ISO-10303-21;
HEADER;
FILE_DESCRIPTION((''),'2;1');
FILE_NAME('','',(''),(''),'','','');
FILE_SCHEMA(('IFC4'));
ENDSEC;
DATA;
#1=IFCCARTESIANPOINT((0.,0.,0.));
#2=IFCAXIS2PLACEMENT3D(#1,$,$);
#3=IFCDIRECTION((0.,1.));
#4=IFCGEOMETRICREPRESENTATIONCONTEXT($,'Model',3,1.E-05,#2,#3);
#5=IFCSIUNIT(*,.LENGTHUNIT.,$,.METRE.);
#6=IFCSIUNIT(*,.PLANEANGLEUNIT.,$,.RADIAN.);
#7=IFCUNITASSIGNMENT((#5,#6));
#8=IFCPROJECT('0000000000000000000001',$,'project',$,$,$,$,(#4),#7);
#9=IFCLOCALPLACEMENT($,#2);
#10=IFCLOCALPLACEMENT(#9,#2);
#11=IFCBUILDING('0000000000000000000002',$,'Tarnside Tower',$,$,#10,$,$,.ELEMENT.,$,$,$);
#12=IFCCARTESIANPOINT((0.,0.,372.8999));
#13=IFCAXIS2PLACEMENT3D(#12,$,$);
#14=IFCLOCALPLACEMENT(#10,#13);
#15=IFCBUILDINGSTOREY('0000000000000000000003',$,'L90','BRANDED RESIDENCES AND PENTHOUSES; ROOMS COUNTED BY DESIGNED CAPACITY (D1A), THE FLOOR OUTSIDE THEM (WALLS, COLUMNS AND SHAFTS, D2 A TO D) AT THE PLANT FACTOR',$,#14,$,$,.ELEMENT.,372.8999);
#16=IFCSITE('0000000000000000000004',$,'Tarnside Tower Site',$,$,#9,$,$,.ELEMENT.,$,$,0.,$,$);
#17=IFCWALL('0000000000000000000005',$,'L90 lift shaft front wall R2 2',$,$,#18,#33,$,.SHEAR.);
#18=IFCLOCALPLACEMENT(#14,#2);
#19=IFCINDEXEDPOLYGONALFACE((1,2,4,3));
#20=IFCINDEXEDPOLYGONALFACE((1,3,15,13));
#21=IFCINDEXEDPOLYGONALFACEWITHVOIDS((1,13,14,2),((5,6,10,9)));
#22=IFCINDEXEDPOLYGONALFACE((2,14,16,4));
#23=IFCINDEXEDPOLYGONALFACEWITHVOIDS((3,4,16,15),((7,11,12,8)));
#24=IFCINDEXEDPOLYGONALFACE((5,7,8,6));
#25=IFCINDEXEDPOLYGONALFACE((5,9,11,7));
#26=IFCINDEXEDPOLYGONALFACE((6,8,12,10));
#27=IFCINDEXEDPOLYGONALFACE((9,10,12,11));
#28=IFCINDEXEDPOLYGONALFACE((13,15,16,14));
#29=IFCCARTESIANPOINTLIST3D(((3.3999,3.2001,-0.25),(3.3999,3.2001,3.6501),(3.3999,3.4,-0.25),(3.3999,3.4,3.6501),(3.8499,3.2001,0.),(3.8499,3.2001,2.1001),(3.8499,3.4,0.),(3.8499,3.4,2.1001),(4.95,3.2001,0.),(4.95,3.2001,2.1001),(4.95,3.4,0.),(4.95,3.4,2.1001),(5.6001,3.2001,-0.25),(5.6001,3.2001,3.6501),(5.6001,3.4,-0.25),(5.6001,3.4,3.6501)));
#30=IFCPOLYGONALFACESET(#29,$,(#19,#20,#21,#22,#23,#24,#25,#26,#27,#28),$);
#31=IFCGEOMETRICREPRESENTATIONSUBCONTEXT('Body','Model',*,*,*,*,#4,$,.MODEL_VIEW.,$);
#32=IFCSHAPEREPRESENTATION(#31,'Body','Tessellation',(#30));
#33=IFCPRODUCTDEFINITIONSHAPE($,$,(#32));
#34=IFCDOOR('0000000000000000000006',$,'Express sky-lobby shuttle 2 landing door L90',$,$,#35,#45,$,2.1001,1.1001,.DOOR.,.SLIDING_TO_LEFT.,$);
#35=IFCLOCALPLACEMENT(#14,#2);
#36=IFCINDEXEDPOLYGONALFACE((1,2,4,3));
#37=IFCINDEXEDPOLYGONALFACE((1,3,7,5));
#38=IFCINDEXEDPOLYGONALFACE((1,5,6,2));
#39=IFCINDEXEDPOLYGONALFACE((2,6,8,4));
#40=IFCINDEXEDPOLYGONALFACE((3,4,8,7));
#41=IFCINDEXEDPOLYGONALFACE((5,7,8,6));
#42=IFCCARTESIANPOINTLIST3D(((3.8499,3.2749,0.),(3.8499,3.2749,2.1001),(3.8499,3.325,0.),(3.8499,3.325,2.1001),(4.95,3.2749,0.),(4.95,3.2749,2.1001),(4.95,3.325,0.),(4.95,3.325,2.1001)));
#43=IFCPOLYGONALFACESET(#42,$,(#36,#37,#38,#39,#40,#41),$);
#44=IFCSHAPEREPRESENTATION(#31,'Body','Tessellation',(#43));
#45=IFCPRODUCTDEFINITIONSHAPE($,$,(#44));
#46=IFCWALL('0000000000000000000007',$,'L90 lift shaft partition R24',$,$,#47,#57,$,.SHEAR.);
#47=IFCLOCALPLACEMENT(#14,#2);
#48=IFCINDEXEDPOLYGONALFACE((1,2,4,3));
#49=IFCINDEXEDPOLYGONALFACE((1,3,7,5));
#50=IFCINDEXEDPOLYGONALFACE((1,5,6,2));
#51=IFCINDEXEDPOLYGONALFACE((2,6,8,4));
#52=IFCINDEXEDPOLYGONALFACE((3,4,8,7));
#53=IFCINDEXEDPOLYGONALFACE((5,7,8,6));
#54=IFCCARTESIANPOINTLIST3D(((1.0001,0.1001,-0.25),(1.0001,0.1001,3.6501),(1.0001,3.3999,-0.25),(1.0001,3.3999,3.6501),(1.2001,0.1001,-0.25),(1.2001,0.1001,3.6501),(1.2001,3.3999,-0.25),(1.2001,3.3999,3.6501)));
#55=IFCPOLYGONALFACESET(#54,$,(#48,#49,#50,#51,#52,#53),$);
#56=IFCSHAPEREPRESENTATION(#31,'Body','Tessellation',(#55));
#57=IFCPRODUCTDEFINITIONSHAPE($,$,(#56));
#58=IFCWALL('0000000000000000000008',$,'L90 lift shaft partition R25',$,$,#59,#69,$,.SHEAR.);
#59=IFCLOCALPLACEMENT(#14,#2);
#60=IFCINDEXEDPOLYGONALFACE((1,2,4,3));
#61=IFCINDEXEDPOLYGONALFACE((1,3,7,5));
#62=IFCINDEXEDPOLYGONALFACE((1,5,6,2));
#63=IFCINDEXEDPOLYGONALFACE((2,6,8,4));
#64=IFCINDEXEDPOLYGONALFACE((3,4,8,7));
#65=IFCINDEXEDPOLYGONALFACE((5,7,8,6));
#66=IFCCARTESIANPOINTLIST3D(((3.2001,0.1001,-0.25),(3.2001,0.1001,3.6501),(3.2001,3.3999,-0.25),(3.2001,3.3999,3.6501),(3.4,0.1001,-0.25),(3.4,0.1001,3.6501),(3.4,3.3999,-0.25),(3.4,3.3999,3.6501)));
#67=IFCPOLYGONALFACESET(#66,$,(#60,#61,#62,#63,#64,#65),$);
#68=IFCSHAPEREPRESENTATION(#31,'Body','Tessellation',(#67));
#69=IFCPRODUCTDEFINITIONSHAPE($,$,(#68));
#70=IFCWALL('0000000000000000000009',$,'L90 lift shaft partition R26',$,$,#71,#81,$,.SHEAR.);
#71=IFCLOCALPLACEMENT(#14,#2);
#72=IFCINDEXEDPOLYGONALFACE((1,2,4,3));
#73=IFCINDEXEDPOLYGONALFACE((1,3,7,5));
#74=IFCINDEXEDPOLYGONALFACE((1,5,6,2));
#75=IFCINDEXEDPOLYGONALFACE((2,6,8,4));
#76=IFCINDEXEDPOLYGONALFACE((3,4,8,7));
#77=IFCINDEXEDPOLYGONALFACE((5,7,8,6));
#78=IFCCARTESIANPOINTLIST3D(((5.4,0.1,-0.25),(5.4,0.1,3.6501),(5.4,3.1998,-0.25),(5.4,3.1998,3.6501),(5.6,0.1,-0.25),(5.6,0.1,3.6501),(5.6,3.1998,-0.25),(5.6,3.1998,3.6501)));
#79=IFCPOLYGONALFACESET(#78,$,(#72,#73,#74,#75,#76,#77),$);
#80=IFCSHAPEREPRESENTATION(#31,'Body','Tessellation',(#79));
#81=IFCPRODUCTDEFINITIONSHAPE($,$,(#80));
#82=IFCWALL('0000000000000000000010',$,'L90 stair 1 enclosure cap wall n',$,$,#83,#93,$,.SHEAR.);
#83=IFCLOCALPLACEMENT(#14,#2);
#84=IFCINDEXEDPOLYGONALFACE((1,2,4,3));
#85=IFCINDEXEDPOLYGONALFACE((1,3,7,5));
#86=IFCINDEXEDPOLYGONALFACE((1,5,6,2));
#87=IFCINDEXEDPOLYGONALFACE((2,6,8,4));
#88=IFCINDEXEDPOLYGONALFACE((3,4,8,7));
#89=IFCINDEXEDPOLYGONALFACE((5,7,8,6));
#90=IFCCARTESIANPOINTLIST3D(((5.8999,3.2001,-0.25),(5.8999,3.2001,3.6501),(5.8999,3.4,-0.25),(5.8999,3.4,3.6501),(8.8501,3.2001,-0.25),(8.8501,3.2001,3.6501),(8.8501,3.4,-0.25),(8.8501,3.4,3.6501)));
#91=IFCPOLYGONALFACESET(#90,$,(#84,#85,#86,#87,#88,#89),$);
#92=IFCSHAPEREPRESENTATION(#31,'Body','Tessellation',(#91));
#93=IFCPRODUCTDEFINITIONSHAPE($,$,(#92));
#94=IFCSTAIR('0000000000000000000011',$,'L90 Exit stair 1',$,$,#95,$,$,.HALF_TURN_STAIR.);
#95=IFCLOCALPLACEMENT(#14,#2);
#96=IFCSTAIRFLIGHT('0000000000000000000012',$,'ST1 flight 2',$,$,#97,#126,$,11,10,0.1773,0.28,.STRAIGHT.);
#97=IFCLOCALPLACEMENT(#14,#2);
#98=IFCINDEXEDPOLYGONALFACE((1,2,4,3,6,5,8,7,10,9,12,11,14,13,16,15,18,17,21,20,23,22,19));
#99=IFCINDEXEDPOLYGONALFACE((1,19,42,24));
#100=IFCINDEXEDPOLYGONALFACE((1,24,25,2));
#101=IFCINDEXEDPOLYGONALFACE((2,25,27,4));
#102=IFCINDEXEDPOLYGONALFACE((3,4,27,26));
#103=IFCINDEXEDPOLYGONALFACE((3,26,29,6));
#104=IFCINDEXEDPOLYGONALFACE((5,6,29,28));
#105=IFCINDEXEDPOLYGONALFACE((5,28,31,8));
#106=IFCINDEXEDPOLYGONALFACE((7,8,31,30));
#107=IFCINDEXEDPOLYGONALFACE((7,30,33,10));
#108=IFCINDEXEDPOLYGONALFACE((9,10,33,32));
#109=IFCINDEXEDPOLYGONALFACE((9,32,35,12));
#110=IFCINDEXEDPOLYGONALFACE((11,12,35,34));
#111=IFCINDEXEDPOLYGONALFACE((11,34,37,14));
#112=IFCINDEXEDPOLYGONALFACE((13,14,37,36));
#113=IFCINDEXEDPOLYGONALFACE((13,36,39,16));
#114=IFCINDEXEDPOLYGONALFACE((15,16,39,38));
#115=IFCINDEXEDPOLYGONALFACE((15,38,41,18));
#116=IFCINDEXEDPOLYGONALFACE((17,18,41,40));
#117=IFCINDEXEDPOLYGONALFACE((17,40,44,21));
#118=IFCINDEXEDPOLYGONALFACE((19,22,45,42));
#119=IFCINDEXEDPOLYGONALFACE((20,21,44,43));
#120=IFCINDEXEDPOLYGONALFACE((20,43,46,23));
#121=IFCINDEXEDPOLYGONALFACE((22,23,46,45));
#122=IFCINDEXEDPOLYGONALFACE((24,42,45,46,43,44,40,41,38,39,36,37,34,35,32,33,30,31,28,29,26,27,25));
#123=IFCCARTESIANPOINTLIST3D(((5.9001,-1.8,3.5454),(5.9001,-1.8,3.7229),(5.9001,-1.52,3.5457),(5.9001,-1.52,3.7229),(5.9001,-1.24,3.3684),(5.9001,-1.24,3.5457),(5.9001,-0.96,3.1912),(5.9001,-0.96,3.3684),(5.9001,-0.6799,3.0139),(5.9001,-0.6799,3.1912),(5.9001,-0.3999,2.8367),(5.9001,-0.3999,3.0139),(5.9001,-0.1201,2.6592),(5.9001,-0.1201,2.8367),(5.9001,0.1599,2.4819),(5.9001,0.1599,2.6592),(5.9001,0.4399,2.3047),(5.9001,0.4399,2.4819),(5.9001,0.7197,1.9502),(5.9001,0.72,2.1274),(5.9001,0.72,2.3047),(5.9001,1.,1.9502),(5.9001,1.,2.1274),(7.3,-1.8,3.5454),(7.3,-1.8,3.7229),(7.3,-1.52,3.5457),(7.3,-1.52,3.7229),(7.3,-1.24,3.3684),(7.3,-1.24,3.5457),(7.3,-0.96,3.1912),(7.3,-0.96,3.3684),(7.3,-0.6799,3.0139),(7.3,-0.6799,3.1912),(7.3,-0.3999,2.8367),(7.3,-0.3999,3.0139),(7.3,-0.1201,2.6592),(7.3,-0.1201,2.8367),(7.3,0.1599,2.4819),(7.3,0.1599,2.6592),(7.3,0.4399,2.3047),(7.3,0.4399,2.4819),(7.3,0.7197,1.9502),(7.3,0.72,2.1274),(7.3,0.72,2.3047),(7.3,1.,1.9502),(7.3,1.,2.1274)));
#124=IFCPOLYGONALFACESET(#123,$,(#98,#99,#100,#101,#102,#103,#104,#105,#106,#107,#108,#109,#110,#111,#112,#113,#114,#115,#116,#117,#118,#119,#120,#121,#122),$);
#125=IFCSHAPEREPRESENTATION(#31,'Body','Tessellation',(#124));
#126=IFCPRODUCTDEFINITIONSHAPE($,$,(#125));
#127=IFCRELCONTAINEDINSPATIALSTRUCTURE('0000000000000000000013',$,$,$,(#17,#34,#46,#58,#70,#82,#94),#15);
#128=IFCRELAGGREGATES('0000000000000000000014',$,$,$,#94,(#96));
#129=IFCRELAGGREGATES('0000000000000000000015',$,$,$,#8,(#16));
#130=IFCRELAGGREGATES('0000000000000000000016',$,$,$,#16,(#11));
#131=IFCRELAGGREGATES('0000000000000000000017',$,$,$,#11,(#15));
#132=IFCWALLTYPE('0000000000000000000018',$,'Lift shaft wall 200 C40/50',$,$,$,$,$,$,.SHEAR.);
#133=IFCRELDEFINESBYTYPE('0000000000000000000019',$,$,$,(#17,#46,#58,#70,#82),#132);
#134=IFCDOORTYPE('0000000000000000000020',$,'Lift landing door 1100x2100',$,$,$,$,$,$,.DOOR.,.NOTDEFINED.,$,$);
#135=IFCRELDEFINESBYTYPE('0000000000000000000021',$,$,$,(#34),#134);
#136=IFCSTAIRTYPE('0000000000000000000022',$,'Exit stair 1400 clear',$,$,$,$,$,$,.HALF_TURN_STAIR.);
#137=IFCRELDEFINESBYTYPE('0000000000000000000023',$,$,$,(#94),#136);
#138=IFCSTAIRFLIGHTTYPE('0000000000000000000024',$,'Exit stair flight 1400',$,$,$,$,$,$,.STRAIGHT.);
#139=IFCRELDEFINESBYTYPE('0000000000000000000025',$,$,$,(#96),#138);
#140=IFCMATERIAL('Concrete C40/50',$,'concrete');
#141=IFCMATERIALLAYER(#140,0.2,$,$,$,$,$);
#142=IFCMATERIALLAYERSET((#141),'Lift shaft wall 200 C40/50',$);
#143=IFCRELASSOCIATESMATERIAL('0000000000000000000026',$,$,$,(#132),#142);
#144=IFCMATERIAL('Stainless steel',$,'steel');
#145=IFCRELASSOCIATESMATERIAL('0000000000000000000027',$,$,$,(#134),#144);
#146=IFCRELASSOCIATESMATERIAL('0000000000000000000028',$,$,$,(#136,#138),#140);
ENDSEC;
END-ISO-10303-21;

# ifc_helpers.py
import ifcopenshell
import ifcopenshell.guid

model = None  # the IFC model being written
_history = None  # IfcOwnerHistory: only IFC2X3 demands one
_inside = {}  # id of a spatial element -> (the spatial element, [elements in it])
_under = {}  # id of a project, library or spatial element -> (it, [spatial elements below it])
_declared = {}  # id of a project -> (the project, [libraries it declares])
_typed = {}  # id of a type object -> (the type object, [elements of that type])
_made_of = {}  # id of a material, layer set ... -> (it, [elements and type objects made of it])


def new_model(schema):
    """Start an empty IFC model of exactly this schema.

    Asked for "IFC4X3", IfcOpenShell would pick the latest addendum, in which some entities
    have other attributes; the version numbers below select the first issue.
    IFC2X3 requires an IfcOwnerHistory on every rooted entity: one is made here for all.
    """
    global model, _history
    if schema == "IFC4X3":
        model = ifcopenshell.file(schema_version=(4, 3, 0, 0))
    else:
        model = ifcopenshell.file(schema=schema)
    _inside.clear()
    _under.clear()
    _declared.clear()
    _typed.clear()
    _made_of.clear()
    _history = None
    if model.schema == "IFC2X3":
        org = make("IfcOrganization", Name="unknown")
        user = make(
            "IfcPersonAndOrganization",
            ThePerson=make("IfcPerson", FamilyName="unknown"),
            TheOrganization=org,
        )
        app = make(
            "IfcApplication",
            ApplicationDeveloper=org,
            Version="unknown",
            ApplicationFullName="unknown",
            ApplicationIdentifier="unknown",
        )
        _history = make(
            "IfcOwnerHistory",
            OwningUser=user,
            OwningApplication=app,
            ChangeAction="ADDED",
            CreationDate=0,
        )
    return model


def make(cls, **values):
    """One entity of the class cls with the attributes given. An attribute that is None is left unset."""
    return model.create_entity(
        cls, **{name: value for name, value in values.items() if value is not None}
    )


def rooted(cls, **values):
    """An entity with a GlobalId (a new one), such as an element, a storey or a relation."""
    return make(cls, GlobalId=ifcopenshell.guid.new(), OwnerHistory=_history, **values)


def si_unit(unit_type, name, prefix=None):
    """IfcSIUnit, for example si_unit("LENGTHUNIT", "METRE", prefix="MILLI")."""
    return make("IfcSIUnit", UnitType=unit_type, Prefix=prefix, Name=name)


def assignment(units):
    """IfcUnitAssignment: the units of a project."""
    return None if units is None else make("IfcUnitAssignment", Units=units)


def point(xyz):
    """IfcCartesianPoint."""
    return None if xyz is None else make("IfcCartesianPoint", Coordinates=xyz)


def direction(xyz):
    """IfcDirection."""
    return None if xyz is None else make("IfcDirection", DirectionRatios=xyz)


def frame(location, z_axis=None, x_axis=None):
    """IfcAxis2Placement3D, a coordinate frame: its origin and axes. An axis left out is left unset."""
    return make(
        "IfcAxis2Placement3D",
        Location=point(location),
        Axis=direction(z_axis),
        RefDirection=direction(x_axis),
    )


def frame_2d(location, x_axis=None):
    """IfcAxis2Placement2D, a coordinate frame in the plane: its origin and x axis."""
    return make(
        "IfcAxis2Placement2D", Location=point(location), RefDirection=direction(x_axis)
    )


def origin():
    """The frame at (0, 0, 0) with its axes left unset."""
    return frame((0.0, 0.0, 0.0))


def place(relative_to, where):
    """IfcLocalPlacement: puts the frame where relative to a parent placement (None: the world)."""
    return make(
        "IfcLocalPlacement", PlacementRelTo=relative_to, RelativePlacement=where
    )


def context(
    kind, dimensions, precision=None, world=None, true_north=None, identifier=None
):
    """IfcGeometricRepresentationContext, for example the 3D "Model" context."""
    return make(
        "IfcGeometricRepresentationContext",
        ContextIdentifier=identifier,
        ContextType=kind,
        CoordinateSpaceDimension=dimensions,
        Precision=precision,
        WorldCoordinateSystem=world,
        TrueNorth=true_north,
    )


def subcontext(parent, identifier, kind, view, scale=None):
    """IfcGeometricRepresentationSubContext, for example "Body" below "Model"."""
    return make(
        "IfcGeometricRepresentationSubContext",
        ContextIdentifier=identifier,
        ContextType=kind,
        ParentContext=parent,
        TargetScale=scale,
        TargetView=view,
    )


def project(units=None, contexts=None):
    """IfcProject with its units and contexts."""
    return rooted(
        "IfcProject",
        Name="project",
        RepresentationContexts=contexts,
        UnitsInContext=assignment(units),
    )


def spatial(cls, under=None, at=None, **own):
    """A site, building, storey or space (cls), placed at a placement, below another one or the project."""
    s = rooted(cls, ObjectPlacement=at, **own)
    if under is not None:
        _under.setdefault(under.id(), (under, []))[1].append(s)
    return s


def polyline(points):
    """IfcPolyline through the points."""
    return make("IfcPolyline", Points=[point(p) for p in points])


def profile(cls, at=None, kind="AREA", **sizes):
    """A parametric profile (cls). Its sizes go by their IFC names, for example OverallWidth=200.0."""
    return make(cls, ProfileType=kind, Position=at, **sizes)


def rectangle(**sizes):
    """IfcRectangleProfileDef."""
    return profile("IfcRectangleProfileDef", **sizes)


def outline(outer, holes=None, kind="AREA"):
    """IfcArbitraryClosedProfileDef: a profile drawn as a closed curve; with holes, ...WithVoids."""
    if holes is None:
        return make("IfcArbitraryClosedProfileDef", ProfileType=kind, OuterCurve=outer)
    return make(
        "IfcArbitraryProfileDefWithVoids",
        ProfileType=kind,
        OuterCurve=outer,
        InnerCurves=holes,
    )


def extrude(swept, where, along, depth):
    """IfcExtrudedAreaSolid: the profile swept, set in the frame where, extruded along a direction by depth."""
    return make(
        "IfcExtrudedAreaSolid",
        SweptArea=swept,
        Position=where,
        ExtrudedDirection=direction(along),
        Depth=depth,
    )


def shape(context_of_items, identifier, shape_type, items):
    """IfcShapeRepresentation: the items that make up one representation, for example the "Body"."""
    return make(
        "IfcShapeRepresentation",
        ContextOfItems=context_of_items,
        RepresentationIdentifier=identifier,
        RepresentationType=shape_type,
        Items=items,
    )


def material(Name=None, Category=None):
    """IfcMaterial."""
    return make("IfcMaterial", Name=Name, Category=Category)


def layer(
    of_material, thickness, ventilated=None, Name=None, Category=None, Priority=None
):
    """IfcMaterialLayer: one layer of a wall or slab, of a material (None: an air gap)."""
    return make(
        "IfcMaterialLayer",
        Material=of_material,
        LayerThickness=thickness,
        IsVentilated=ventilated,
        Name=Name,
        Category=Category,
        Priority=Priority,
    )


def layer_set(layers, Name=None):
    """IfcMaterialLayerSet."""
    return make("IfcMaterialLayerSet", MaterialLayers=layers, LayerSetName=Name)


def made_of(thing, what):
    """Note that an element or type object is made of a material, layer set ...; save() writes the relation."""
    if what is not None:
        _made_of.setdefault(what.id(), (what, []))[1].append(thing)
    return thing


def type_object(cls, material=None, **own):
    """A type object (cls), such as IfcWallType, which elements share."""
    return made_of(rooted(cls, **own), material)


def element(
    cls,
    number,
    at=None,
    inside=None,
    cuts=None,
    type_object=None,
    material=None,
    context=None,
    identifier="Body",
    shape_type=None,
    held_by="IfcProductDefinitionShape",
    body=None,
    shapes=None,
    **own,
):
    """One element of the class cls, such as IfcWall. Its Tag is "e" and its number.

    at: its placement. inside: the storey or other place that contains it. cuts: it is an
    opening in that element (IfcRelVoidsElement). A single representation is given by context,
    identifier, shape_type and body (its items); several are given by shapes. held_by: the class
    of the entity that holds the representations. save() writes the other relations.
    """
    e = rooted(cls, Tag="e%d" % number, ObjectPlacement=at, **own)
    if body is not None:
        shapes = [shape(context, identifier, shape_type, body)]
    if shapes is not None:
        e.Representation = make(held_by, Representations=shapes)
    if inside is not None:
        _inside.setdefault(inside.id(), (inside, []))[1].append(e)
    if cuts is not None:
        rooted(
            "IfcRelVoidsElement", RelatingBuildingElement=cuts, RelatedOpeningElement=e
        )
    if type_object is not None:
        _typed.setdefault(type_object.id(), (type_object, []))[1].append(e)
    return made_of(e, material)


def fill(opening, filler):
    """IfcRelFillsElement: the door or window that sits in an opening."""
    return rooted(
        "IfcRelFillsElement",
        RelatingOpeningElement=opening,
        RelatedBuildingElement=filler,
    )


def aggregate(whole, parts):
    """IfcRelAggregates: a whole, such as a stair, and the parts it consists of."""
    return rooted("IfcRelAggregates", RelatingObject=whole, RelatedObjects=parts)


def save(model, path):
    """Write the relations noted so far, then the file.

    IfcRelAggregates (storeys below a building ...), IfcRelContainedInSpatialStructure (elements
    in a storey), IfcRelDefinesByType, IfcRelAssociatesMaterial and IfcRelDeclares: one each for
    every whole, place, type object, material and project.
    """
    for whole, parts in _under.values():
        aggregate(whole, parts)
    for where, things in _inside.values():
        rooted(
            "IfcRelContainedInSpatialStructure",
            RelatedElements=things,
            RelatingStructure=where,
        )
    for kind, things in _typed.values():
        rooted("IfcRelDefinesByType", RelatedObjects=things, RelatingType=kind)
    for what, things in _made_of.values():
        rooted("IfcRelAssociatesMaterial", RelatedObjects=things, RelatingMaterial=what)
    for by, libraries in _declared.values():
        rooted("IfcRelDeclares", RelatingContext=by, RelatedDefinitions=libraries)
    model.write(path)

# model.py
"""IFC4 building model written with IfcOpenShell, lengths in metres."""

from ifc_helpers import new_model, si_unit, direction, frame, frame_2d, origin, place, context, subcontext, project, spatial, polyline, rectangle, outline, extrude, material, layer, layer_set, type_object, element, fill, aggregate, save


model = new_model("IFC4")

# Units and contexts
model_context = context("Model", 3, precision=1e-05, world=origin(), true_north=direction((0.0, 1.0)))
body_context = subcontext(model_context, "Body", "Model", "MODEL_VIEW")
ifc_project = project(units=[si_unit("LENGTHUNIT", "METRE"), si_unit("PLANEANGLEUNIT", "RADIAN")], contexts=[model_context])

# Site, building, storey
site_placement = place(None, origin())
site = spatial("IfcSite", under=ifc_project, at=site_placement, Name="Tarnside Tower Site", CompositionType="ELEMENT", RefElevation=0.0)
building_placement = place(site_placement, origin())
building = spatial("IfcBuilding", under=site, at=building_placement, Name="Tarnside Tower", CompositionType="ELEMENT")
storey_placement = place(building_placement, frame((0.0, 0.0, 372.8999)))
storey = spatial("IfcBuildingStorey", under=building, at=storey_placement, Name="L90", Description="BRANDED RESIDENCES AND PENTHOUSES; ROOMS COUNTED BY DESIGNED CAPACITY (D1A), THE FLOOR OUTSIDE THEM (WALLS, COLUMNS AND SHAFTS, D2 A TO D) AT THE PLANT FACTOR", CompositionType="ELEMENT", Elevation=372.8999)

# Shared definitions
ifc_material_1 = material(Name="Concrete C40/50", Category="concrete")

# Shared definitions
ifc_layer_1 = layer(ifc_material_1, 0.2)
ifc_layer_set_1 = layer_set([ifc_layer_1], Name="Lift shaft wall 200 C40/50")
wall_type_1 = type_object("IfcWallType", Name="Lift shaft wall 200 C40/50", PredefinedType="SHEAR", material=ifc_layer_set_1)

# Wall, opening, door
wall_1_placement = place(storey_placement, frame((3.3999, 3.3, -0.25), z_axis=(0.0, 0.0, 1.0), x_axis=(1.0, 0.0, 0.0)))
wall_1 = element("IfcWall", 1, at=wall_1_placement, inside=storey, type_object=wall_type_1, Name="L90 lift shaft front wall R2 2", PredefinedType="SHEAR", context=body_context, shape_type="SweptSolid", body=[
    extrude(rectangle(XDim=2.2002, YDim=0.2, at=frame_2d((1.1001, 0.0))), origin(), (0.0, 0.0, 1.0), 3.9001),
])
opening_placement = place(wall_1_placement, frame((0.45, 0.0, 0.25)))
opening = element("IfcOpeningElement", 2, at=opening_placement, cuts=wall_1, PredefinedType="OPENING", context=body_context, shape_type="SweptSolid", body=[
    extrude(rectangle(XDim=1.1001, YDim=2.1001, at=frame_2d((0.55, 1.05))), frame((0.0, 0.1099, 0.0), z_axis=(0.0, -1.0, 0.0), x_axis=(1.0, 0.0, 0.0)), (0.0, 0.0, 1.0), 0.22),
])
ifc_material_2 = material(Name="Stainless steel", Category="steel")
door_type = type_object("IfcDoorType", Name="Lift landing door 1100x2100", OperationType="NOTDEFINED", PredefinedType="DOOR", material=ifc_material_2)
door_placement = place(opening_placement, origin())
door = element("IfcDoor", 3, at=door_placement, inside=storey, type_object=door_type, Name="Express sky-lobby shuttle 2 landing door L90", OperationType="SLIDING_TO_LEFT", OverallHeight=2.1001, OverallWidth=1.1001, PredefinedType="DOOR", context=body_context, shape_type="SweptSolid", body=[
    extrude(rectangle(XDim=1.1001, YDim=2.1001, at=frame_2d((0.55, 1.05))), frame((0.0, 0.0249, 0.0), z_axis=(0.0, -1.0, 0.0), x_axis=(1.0, 0.0, 0.0)), (0.0, 0.0, 1.0), 0.05),
])
fill(opening, door)

# Walls
for number, where, z_axis, x_axis, name in (
    (4, (1.1001, 0.1001, -0.25), (0.0, 0.0, 1.0), (0.0, 1.0, 0.0), "L90 lift shaft partition R24"),
    (5, (3.3, 0.1001, -0.25), (0.0, 0.0, 1.0), (0.0, 1.0, 0.0), "L90 lift shaft partition R25"),
):
    element("IfcWall", number, at=place(storey_placement, frame(where, z_axis=z_axis, x_axis=x_axis)), inside=storey, type_object=wall_type_1, Name=name, PredefinedType="SHEAR", context=body_context, shape_type="SweptSolid", body=[
        extrude(rectangle(XDim=3.2998, YDim=0.2, at=frame_2d((1.6499, 0.0))), origin(), (0.0, 0.0, 1.0), 3.9001),
    ])
wall_2_placement = place(storey_placement, frame((5.5, 0.1001, -0.25), z_axis=(0.0, 0.0, 1.0), x_axis=(0.0, 1.0, 0.0)))
element("IfcWall", 6, at=wall_2_placement, inside=storey, type_object=wall_type_1, Name="L90 lift shaft partition R26", PredefinedType="SHEAR", context=body_context, shape_type="SweptSolid", body=[
    extrude(rectangle(XDim=3.0999, YDim=0.2, at=frame_2d((1.5498, 0.0))), origin(), (0.0, 0.0, 1.0), 3.9001),
])
wall_3_placement = place(storey_placement, frame((5.8999, 3.3, -0.25), z_axis=(0.0, 0.0, 1.0), x_axis=(1.0, 0.0, 0.0)))
element("IfcWall", 7, at=wall_3_placement, inside=storey, type_object=wall_type_1, Name="L90 stair 1 enclosure cap wall n", PredefinedType="SHEAR", context=body_context, shape_type="SweptSolid", body=[
    extrude(rectangle(XDim=2.9502, YDim=0.2, at=frame_2d((1.4751, 0.0))), origin(), (0.0, 0.0, 1.0), 3.9001),
])

# Stair, stair flight
stair_type = type_object("IfcStairType", Name="Exit stair 1400 clear", PredefinedType="HALF_TURN_STAIR", material=ifc_material_1)
stair_placement = place(storey_placement, origin())
stair = element("IfcStair", 8, at=stair_placement, inside=storey, type_object=stair_type, Name="L90 Exit stair 1", PredefinedType="HALF_TURN_STAIR")
stair_flight_type = type_object("IfcStairFlightType", Name="Exit stair flight 1400", PredefinedType="STRAIGHT", material=ifc_material_1)
stair_flight_placement = place(storey_placement, frame((6.6001, 1.0, 1.9502), z_axis=(0.0, 0.0, 1.0), x_axis=(0.0, -1.0, 0.0)))
stair_flight = element("IfcStairFlight", 9, at=stair_flight_placement, type_object=stair_flight_type, Name="ST1 flight 2", NumberOfRisers=11, NumberOfTreads=10, PredefinedType="STRAIGHT", RiserHeight=0.1773, TreadLength=0.28, context=body_context, shape_type="SweptSolid", body=[
    extrude(outline(polyline([(0.0, 0.0), (0.0, 0.1772), (0.28, 0.1772), (0.28, 0.3545), (0.5601, 0.3545), (0.5601, 0.5317), (0.8401, 0.5317), (0.8401, 0.709), (1.1201, 0.709), (1.1201, 0.8865), (1.3999, 0.8865), (1.3999, 1.0637), (1.6799, 1.0637), (1.6799, 1.241), (1.96, 1.241), (1.96, 1.4182), (2.24, 1.4182), (2.24, 1.5955), (2.52, 1.5955), (2.52, 1.7727), (2.8, 1.7727), (2.8, 1.95), (2.8, 1.5952), (0.2803, 0.0), (0.0, 0.0)])), frame((0.0, 0.7, 0.0), z_axis=(0.0, -1.0, 0.0), x_axis=(1.0, 0.0, 0.0)), (0.0, 0.0, 1.0), 1.3999),
])
aggregate(stair, [stair_flight])

save(model, "model.ifc")
